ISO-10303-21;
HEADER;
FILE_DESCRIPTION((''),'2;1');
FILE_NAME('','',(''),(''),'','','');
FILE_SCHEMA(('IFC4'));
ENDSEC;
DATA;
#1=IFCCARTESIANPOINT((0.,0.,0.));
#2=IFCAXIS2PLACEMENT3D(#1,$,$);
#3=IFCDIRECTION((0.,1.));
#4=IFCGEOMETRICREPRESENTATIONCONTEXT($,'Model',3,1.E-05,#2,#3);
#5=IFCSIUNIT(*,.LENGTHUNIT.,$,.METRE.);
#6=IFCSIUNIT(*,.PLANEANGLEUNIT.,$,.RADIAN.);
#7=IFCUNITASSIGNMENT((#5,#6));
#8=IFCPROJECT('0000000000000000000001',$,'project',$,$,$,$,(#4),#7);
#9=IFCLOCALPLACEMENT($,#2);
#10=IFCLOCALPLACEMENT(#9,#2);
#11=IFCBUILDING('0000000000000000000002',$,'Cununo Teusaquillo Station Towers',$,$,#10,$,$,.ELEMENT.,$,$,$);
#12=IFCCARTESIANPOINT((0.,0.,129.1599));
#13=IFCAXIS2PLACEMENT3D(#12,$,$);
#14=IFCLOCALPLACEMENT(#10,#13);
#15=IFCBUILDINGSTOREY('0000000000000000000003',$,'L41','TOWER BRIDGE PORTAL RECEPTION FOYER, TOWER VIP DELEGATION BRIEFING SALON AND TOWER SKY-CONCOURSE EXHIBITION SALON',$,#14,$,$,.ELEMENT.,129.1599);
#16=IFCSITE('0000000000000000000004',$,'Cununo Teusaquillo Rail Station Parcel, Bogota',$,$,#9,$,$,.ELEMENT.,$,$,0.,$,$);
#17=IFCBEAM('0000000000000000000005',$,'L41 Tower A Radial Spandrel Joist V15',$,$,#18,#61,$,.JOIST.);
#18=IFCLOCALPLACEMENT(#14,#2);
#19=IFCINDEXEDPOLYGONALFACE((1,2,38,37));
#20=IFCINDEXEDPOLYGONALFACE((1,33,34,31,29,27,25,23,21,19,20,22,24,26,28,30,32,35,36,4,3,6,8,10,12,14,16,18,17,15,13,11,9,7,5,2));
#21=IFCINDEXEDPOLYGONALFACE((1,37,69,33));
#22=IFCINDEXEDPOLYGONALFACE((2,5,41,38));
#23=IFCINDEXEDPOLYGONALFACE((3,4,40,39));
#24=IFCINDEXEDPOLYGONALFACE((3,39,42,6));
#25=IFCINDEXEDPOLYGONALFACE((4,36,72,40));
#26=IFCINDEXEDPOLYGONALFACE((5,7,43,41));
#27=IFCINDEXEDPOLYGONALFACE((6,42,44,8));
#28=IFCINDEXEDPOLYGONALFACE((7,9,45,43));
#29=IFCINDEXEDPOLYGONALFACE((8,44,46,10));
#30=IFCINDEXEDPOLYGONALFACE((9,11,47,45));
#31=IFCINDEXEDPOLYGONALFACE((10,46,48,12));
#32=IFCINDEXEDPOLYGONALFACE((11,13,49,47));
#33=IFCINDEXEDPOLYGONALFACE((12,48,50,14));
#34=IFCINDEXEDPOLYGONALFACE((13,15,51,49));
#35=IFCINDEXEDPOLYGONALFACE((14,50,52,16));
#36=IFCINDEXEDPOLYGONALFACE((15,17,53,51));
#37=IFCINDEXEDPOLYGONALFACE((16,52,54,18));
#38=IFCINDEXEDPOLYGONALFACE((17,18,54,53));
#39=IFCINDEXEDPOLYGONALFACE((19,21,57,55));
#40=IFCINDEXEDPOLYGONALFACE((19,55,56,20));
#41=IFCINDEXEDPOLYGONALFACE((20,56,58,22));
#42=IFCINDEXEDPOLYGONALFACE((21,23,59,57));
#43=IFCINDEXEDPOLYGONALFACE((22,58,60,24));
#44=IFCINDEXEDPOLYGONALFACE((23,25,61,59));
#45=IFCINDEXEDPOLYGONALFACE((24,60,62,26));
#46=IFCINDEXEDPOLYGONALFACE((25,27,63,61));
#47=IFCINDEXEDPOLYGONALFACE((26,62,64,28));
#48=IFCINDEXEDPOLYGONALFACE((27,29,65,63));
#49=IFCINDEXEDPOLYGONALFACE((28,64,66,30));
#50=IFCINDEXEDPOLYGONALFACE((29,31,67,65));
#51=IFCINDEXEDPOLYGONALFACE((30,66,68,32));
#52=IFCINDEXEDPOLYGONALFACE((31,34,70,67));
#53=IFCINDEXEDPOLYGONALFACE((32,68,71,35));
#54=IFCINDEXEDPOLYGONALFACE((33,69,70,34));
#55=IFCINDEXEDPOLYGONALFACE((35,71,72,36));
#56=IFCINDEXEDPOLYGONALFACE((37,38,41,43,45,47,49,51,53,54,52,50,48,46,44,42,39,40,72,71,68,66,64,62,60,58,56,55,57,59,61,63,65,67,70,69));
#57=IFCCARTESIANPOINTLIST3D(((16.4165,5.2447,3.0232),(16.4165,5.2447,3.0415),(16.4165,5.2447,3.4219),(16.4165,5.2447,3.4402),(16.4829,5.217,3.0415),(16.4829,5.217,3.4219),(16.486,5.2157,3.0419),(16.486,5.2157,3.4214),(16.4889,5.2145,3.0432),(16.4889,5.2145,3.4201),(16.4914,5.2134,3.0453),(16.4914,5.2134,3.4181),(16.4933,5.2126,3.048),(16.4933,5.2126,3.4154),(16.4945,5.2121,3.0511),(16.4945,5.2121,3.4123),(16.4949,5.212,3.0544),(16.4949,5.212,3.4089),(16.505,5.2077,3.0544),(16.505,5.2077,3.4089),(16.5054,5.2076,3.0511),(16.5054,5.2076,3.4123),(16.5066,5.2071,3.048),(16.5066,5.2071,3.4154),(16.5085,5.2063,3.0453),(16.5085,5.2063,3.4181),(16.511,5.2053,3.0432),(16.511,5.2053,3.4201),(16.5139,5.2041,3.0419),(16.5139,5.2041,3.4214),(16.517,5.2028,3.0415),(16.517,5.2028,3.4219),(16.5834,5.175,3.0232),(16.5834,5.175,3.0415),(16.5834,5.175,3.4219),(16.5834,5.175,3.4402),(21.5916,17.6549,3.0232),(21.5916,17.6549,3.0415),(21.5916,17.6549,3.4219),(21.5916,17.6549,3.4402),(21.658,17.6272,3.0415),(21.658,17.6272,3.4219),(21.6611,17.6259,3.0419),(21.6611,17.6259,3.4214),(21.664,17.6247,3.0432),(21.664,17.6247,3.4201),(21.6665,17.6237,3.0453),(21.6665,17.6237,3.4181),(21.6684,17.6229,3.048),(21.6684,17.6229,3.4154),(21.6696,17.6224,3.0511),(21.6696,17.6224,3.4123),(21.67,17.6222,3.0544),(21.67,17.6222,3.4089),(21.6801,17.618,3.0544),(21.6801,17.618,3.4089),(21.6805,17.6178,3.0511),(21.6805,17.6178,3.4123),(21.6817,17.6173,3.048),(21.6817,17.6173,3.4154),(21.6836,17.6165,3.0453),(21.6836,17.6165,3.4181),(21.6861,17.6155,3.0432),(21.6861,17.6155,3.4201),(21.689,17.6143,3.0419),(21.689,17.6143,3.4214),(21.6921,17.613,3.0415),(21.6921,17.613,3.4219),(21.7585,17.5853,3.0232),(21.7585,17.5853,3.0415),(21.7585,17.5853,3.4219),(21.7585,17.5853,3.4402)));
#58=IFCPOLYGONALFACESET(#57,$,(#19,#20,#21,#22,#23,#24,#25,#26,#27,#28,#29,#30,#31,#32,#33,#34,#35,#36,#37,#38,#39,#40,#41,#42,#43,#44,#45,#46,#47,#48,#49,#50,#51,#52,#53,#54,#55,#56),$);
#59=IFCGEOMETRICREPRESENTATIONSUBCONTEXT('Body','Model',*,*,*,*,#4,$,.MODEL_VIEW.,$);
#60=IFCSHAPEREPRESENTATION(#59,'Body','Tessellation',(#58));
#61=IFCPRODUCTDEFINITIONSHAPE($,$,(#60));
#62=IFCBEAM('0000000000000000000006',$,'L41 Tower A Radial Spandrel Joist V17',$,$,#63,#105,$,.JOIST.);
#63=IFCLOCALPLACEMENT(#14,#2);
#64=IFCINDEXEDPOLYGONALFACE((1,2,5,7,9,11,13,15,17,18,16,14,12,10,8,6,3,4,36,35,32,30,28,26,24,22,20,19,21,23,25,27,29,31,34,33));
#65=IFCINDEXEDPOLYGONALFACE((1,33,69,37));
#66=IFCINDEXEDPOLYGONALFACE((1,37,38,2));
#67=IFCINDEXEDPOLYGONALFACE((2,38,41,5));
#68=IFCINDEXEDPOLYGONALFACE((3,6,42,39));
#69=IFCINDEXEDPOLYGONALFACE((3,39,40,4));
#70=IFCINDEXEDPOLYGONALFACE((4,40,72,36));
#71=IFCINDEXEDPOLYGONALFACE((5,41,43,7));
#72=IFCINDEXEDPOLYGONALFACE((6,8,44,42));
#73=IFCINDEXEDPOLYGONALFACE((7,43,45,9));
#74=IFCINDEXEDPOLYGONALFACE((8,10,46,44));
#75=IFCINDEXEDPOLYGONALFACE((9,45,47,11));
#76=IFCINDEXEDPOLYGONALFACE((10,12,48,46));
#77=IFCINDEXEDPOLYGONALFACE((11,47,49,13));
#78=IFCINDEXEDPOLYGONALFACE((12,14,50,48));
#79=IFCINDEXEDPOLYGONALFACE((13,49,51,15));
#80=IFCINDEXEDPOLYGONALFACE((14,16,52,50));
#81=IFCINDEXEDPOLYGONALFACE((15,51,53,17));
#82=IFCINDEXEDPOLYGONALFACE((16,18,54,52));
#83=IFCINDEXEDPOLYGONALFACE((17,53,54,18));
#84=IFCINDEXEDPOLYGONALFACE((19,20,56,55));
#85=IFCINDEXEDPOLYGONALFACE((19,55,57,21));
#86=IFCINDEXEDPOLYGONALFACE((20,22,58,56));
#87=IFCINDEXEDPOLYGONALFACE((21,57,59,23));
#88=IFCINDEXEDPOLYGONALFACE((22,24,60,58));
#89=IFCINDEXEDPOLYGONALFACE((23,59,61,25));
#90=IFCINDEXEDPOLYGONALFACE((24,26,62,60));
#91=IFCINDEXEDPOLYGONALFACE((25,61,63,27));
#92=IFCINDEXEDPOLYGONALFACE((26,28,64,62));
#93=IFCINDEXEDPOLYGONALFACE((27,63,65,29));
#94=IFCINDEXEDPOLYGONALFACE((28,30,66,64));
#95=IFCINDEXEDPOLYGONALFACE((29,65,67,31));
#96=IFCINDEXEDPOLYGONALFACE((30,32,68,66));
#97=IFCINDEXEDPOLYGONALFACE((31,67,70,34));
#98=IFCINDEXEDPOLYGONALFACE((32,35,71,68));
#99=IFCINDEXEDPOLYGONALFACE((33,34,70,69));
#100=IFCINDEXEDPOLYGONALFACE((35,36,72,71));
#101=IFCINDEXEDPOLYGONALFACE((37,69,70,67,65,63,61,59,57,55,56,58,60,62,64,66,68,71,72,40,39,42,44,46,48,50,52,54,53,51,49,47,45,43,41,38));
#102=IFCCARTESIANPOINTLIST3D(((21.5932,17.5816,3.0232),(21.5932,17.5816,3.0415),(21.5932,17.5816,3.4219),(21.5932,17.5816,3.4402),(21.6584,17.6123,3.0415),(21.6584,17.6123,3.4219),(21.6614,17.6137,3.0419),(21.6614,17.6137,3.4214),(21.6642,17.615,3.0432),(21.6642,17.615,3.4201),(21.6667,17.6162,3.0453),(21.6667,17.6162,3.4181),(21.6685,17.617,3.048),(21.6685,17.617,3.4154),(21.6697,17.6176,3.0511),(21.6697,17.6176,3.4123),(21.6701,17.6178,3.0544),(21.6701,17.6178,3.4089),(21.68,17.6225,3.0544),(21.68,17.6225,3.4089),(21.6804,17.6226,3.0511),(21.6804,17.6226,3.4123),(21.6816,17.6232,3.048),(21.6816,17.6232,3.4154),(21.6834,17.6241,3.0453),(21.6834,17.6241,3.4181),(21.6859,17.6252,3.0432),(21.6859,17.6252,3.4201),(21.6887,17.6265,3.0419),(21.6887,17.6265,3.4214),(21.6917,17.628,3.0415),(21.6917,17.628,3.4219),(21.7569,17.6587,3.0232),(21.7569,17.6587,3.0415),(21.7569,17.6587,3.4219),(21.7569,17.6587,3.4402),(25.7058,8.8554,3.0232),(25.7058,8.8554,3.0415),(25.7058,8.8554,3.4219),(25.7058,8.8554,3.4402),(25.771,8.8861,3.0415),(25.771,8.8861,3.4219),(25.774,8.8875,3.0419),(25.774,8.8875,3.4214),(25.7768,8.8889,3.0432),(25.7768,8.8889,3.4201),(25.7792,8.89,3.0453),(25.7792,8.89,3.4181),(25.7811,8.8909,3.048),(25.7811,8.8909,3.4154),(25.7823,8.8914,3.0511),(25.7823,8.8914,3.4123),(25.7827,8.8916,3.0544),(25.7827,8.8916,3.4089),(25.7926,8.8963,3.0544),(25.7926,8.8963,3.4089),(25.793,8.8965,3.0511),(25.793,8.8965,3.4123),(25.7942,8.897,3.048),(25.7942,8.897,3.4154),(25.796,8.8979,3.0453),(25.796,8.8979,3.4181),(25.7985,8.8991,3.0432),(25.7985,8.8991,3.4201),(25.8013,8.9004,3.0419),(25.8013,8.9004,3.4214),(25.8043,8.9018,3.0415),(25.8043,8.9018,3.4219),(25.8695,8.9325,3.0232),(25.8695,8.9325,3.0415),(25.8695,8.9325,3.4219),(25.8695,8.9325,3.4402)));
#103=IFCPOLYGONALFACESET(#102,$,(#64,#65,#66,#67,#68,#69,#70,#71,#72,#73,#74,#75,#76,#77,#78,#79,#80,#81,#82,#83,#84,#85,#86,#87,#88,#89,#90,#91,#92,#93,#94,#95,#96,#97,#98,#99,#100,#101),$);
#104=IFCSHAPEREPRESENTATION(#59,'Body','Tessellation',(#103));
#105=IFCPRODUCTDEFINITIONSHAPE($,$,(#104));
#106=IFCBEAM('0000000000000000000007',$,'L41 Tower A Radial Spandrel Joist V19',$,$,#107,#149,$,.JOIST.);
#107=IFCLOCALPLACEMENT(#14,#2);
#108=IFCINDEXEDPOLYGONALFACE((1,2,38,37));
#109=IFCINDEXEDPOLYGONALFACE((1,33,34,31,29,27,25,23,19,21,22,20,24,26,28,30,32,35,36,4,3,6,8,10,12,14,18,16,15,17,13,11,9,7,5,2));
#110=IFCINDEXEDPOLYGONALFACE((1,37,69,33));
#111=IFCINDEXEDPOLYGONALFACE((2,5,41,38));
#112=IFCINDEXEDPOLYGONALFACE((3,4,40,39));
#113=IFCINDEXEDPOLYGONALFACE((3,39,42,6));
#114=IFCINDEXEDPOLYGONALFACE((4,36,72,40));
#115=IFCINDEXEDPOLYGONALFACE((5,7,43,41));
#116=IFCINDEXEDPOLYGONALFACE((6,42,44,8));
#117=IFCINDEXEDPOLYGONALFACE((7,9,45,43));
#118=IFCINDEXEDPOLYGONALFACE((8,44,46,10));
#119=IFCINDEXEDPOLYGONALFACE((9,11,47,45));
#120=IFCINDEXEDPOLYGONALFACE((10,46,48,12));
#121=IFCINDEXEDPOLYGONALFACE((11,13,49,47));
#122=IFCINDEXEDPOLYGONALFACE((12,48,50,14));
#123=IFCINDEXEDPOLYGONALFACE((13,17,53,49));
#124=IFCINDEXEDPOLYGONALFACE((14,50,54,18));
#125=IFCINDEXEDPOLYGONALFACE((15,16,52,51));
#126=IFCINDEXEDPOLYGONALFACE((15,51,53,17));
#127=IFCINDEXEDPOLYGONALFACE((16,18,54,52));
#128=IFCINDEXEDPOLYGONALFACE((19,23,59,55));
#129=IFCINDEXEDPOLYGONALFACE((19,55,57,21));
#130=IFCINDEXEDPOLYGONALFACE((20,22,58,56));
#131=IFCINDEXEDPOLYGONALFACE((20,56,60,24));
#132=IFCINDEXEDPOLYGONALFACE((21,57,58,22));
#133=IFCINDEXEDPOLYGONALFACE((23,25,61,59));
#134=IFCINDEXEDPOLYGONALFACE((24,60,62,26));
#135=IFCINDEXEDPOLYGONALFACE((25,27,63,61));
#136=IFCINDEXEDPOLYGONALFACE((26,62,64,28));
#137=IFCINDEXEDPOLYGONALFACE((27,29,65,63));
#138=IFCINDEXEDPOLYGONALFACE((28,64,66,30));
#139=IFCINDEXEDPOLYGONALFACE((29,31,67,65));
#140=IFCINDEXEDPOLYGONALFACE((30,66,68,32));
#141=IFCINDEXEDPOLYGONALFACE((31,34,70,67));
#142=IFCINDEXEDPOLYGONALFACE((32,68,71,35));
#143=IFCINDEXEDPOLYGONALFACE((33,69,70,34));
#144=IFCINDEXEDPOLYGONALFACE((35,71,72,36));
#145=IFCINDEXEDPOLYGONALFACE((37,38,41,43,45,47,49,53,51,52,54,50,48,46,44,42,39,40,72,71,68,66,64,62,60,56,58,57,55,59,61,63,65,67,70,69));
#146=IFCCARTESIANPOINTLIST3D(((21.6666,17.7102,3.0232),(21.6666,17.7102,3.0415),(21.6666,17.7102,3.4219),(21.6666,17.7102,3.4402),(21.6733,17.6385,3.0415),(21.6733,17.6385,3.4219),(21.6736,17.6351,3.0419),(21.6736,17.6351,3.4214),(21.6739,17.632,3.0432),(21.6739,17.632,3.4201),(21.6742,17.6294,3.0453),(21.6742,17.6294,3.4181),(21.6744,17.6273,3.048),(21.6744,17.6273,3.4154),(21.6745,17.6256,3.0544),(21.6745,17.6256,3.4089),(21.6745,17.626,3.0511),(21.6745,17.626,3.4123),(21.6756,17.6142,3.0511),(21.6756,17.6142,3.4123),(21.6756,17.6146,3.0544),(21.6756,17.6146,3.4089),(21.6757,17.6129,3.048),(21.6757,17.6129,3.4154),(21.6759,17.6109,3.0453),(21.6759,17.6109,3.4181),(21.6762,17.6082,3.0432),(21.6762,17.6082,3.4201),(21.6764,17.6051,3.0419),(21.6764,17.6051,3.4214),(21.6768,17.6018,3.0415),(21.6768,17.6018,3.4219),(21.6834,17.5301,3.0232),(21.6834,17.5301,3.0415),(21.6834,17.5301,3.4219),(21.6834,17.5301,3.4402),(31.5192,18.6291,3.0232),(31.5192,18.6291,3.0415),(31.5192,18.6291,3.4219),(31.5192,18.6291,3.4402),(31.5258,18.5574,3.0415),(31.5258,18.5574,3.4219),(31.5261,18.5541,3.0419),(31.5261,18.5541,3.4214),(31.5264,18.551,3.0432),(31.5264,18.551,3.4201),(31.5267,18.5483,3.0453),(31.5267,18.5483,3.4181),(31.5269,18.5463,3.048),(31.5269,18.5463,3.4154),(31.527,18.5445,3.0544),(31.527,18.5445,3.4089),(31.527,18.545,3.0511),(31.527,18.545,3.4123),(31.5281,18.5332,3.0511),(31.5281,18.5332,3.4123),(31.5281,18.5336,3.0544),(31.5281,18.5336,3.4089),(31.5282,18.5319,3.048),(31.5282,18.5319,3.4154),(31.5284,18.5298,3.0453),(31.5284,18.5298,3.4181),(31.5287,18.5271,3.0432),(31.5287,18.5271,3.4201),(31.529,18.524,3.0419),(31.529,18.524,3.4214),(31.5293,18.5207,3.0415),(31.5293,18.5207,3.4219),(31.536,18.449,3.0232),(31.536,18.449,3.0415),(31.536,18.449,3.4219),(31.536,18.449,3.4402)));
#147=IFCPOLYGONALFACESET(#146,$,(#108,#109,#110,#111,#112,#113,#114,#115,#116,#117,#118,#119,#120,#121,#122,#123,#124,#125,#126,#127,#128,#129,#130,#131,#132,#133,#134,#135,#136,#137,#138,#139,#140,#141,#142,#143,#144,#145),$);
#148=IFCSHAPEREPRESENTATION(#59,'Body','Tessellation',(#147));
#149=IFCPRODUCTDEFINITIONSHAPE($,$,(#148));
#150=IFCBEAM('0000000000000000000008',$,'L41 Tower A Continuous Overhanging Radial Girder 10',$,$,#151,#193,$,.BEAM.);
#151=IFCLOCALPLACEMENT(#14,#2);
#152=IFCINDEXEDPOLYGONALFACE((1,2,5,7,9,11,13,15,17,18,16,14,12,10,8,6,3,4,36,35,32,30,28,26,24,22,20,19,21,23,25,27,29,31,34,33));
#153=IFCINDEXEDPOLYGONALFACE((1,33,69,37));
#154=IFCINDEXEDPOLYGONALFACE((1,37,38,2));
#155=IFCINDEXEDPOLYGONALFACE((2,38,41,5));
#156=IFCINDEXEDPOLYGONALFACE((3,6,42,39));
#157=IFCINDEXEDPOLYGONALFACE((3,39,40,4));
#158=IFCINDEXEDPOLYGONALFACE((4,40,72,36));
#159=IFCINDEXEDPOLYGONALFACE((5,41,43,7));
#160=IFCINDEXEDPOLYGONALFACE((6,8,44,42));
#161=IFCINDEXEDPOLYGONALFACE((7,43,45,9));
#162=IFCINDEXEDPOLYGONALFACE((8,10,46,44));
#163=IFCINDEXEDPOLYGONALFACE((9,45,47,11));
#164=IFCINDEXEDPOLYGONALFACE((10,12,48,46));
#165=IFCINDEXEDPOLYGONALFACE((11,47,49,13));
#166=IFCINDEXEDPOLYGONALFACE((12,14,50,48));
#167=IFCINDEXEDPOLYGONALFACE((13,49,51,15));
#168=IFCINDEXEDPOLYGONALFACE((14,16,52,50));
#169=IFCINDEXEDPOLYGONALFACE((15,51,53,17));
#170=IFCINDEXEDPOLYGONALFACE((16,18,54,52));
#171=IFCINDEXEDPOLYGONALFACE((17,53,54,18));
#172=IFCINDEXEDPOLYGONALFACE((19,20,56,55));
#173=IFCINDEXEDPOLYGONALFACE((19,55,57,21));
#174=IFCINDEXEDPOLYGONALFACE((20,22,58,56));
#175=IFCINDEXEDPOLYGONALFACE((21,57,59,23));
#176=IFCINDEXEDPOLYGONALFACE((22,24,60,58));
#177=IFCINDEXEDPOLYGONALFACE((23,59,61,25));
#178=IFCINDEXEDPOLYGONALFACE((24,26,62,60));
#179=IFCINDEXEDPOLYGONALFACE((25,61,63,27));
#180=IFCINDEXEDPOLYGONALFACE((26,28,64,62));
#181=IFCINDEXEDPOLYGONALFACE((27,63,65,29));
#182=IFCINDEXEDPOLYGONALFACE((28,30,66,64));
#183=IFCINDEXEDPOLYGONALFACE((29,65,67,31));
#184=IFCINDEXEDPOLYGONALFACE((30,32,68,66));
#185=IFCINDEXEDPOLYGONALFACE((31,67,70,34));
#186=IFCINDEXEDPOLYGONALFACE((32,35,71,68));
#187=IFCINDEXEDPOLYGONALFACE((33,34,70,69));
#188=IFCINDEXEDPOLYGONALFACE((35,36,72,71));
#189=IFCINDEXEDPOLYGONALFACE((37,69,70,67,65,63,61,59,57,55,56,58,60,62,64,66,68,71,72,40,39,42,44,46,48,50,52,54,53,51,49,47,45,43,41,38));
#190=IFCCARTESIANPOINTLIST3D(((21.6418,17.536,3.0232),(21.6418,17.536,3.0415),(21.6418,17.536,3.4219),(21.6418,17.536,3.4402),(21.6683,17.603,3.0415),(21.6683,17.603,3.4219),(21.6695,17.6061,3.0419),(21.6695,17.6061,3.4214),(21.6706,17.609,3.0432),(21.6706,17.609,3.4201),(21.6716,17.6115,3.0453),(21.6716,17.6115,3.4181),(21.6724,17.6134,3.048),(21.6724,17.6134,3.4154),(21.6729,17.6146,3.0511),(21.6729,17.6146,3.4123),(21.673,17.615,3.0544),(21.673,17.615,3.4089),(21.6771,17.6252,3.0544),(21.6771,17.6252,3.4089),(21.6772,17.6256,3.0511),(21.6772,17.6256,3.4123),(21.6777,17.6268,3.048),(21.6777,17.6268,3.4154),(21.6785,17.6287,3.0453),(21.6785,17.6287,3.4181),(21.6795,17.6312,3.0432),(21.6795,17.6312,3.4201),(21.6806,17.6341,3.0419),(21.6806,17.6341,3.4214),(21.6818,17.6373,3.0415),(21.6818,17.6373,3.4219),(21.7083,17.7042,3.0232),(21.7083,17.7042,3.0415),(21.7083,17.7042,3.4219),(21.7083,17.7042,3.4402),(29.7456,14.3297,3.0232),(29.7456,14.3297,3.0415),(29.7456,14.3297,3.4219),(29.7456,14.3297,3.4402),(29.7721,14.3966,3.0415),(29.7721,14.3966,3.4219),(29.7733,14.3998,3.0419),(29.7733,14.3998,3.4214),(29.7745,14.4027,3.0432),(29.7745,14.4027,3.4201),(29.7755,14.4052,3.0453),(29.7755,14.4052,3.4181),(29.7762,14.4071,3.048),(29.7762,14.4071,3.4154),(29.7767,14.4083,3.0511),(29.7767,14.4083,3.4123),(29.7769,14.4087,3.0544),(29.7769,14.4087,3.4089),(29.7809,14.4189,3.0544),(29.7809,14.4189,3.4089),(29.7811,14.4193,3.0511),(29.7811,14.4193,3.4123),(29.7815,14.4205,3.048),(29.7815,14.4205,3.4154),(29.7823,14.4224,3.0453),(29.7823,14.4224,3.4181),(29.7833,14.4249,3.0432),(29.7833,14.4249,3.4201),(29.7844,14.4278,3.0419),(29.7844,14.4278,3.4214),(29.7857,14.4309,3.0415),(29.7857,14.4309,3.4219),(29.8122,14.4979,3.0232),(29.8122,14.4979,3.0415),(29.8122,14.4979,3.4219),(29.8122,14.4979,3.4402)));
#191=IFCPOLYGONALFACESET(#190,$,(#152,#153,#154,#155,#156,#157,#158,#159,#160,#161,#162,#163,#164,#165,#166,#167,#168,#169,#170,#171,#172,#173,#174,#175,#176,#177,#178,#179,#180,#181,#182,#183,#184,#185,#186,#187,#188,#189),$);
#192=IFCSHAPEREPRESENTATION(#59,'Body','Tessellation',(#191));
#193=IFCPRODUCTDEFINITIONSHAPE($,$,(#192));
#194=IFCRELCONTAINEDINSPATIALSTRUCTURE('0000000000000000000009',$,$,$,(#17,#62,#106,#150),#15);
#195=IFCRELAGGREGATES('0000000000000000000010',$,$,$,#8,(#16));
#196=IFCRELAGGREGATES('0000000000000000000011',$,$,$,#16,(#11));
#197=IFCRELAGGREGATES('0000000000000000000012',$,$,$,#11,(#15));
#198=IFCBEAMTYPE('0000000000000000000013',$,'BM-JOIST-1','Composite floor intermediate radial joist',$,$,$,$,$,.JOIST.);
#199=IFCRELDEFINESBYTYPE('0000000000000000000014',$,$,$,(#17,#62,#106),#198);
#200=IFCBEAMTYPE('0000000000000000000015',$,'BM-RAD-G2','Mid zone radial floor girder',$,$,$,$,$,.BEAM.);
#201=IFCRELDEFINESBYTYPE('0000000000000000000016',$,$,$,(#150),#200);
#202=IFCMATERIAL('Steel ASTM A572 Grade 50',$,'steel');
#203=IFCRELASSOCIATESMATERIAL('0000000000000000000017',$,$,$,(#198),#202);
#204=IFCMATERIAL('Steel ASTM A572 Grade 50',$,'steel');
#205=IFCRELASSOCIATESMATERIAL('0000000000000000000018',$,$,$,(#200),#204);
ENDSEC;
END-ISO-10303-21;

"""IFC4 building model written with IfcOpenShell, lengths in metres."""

from ifc_helpers import new_model, si_unit, direction, frame, origin, origin_2d, place, context, subcontext, project, spatial, i_section, extrude, material, material_profile, profile_set, type_object, element, save


model = new_model("IFC4")

# Units and contexts
model_context = context("Model", 3, precision=1e-05, world=origin(), true_north=direction((0.0, 1.0)))
body_context = subcontext(model_context, "Body", "Model", "MODEL_VIEW")
ifc_project = project(units=[si_unit("LENGTHUNIT", "METRE"), si_unit("PLANEANGLEUNIT", "RADIAN")], contexts=[model_context])

# Site, building, storey
site_placement = place(None, origin())
site = spatial("IfcSite", under=ifc_project, at=site_placement, Name="Cununo Teusaquillo Rail Station Parcel, Bogota", CompositionType="ELEMENT", RefElevation=0.0)
building_placement = place(site_placement, origin())
building = spatial("IfcBuilding", under=site, at=building_placement, Name="Cununo Teusaquillo Station Towers", CompositionType="ELEMENT")
storey_placement = place(building_placement, frame((0.0, 0.0, 129.1599)))
storey = spatial("IfcBuildingStorey", under=building, at=storey_placement, Name="L41", Description="TOWER BRIDGE PORTAL RECEPTION FOYER, TOWER VIP DELEGATION BRIEFING SALON AND TOWER SKY-CONCOURSE EXHIBITION SALON", CompositionType="ELEMENT", Elevation=129.1599)

# Beams
ifc_material_1 = material(Name="Steel ASTM A572 Grade 50", Category="steel")
ifc_material_profile_1 = material_profile(ifc_material_1, i_section(OverallWidth=0.1809, OverallDepth=0.417, WebThickness=0.011, FlangeThickness=0.0183, FilletRadius=0.0129, at=origin_2d()), Name="W16X57")
ifc_profile_set_1 = profile_set([ifc_material_profile_1], Name="Steel ASTM A572 Grade 50")
beam_type_1 = type_object("IfcBeamType", Name="BM-JOIST-1", Description="Composite floor intermediate radial joist", PredefinedType="JOIST", material=ifc_profile_set_1)
beam_1_placement = place(storey_placement, frame((21.675, 17.6201, 3.2317), z_axis=(-0.384878, -0.922967, 0.0), x_axis=(0.922967, -0.384878, 0.0)))
element("IfcBeam", 1, at=beam_1_placement, inside=storey, type_object=beam_type_1, Name="L41 Tower A Radial Spandrel Joist V15", PredefinedType="JOIST", context=body_context, shape_type="SweptSolid", body=[
    extrude(i_section(OverallWidth=0.1809, OverallDepth=0.417, WebThickness=0.011, FlangeThickness=0.0183, FilletRadius=0.0129, at=origin_2d()), origin(), (0.0, 0.0, 1.0), 13.446),
])
beam_2_placement = place(storey_placement, frame((21.675, 17.6201, 3.2317), z_axis=(0.42632, -0.904572, 0.0), x_axis=(0.904572, 0.42632, 0.0)))
element("IfcBeam", 2, at=beam_2_placement, inside=storey, type_object=beam_type_1, Name="L41 Tower A Radial Spandrel Joist V17", PredefinedType="JOIST", context=body_context, shape_type="SweptSolid", body=[
    extrude(i_section(OverallWidth=0.1809, OverallDepth=0.417, WebThickness=0.011, FlangeThickness=0.0183, FilletRadius=0.0129, at=origin_2d()), origin(), (0.0, 0.0, 1.0), 9.6467),
])
beam_3_placement = place(storey_placement, frame((21.675, 17.6201, 3.2317), z_axis=(0.995679, 0.092867, 0.0), x_axis=(-0.092867, 0.995679, 0.0)))
element("IfcBeam", 3, at=beam_3_placement, inside=storey, type_object=beam_type_1, Name="L41 Tower A Radial Spandrel Joist V19", PredefinedType="JOIST", context=body_context, shape_type="SweptSolid", body=[
    extrude(i_section(OverallWidth=0.1809, OverallDepth=0.417, WebThickness=0.011, FlangeThickness=0.0183, FilletRadius=0.0129, at=origin_2d()), origin(), (0.0, 0.0, 1.0), 9.8953),
])
ifc_material_2 = material(Name="Steel ASTM A572 Grade 50", Category="steel")
ifc_material_profile_2 = material_profile(ifc_material_2, i_section(OverallWidth=0.1809, OverallDepth=0.417, WebThickness=0.011, FlangeThickness=0.0183, FilletRadius=0.0129, at=origin_2d()), Name="W16X57")
ifc_profile_set_2 = profile_set([ifc_material_profile_2], Name="Steel ASTM A572 Grade 50")
beam_type_2 = type_object("IfcBeamType", Name="BM-RAD-G2", Description="Mid zone radial floor girder", PredefinedType="BEAM", material=ifc_profile_set_2)
beam_4_placement = place(storey_placement, frame((21.675, 17.6201, 3.2317), z_axis=(0.929863, -0.367906, 0.0), x_axis=(0.367906, 0.929863, 0.0)))
element("IfcBeam", 4, at=beam_4_placement, inside=storey, type_object=beam_type_2, Name="L41 Tower A Continuous Overhanging Radial Girder 10", PredefinedType="BEAM", context=body_context, shape_type="SweptSolid", body=[
    extrude(i_section(OverallWidth=0.1809, OverallDepth=0.417, WebThickness=0.011, FlangeThickness=0.0183, FilletRadius=0.0129, at=origin_2d()), origin(), (0.0, 0.0, 1.0), 8.7151),
])

save(model, "model.ifc")
